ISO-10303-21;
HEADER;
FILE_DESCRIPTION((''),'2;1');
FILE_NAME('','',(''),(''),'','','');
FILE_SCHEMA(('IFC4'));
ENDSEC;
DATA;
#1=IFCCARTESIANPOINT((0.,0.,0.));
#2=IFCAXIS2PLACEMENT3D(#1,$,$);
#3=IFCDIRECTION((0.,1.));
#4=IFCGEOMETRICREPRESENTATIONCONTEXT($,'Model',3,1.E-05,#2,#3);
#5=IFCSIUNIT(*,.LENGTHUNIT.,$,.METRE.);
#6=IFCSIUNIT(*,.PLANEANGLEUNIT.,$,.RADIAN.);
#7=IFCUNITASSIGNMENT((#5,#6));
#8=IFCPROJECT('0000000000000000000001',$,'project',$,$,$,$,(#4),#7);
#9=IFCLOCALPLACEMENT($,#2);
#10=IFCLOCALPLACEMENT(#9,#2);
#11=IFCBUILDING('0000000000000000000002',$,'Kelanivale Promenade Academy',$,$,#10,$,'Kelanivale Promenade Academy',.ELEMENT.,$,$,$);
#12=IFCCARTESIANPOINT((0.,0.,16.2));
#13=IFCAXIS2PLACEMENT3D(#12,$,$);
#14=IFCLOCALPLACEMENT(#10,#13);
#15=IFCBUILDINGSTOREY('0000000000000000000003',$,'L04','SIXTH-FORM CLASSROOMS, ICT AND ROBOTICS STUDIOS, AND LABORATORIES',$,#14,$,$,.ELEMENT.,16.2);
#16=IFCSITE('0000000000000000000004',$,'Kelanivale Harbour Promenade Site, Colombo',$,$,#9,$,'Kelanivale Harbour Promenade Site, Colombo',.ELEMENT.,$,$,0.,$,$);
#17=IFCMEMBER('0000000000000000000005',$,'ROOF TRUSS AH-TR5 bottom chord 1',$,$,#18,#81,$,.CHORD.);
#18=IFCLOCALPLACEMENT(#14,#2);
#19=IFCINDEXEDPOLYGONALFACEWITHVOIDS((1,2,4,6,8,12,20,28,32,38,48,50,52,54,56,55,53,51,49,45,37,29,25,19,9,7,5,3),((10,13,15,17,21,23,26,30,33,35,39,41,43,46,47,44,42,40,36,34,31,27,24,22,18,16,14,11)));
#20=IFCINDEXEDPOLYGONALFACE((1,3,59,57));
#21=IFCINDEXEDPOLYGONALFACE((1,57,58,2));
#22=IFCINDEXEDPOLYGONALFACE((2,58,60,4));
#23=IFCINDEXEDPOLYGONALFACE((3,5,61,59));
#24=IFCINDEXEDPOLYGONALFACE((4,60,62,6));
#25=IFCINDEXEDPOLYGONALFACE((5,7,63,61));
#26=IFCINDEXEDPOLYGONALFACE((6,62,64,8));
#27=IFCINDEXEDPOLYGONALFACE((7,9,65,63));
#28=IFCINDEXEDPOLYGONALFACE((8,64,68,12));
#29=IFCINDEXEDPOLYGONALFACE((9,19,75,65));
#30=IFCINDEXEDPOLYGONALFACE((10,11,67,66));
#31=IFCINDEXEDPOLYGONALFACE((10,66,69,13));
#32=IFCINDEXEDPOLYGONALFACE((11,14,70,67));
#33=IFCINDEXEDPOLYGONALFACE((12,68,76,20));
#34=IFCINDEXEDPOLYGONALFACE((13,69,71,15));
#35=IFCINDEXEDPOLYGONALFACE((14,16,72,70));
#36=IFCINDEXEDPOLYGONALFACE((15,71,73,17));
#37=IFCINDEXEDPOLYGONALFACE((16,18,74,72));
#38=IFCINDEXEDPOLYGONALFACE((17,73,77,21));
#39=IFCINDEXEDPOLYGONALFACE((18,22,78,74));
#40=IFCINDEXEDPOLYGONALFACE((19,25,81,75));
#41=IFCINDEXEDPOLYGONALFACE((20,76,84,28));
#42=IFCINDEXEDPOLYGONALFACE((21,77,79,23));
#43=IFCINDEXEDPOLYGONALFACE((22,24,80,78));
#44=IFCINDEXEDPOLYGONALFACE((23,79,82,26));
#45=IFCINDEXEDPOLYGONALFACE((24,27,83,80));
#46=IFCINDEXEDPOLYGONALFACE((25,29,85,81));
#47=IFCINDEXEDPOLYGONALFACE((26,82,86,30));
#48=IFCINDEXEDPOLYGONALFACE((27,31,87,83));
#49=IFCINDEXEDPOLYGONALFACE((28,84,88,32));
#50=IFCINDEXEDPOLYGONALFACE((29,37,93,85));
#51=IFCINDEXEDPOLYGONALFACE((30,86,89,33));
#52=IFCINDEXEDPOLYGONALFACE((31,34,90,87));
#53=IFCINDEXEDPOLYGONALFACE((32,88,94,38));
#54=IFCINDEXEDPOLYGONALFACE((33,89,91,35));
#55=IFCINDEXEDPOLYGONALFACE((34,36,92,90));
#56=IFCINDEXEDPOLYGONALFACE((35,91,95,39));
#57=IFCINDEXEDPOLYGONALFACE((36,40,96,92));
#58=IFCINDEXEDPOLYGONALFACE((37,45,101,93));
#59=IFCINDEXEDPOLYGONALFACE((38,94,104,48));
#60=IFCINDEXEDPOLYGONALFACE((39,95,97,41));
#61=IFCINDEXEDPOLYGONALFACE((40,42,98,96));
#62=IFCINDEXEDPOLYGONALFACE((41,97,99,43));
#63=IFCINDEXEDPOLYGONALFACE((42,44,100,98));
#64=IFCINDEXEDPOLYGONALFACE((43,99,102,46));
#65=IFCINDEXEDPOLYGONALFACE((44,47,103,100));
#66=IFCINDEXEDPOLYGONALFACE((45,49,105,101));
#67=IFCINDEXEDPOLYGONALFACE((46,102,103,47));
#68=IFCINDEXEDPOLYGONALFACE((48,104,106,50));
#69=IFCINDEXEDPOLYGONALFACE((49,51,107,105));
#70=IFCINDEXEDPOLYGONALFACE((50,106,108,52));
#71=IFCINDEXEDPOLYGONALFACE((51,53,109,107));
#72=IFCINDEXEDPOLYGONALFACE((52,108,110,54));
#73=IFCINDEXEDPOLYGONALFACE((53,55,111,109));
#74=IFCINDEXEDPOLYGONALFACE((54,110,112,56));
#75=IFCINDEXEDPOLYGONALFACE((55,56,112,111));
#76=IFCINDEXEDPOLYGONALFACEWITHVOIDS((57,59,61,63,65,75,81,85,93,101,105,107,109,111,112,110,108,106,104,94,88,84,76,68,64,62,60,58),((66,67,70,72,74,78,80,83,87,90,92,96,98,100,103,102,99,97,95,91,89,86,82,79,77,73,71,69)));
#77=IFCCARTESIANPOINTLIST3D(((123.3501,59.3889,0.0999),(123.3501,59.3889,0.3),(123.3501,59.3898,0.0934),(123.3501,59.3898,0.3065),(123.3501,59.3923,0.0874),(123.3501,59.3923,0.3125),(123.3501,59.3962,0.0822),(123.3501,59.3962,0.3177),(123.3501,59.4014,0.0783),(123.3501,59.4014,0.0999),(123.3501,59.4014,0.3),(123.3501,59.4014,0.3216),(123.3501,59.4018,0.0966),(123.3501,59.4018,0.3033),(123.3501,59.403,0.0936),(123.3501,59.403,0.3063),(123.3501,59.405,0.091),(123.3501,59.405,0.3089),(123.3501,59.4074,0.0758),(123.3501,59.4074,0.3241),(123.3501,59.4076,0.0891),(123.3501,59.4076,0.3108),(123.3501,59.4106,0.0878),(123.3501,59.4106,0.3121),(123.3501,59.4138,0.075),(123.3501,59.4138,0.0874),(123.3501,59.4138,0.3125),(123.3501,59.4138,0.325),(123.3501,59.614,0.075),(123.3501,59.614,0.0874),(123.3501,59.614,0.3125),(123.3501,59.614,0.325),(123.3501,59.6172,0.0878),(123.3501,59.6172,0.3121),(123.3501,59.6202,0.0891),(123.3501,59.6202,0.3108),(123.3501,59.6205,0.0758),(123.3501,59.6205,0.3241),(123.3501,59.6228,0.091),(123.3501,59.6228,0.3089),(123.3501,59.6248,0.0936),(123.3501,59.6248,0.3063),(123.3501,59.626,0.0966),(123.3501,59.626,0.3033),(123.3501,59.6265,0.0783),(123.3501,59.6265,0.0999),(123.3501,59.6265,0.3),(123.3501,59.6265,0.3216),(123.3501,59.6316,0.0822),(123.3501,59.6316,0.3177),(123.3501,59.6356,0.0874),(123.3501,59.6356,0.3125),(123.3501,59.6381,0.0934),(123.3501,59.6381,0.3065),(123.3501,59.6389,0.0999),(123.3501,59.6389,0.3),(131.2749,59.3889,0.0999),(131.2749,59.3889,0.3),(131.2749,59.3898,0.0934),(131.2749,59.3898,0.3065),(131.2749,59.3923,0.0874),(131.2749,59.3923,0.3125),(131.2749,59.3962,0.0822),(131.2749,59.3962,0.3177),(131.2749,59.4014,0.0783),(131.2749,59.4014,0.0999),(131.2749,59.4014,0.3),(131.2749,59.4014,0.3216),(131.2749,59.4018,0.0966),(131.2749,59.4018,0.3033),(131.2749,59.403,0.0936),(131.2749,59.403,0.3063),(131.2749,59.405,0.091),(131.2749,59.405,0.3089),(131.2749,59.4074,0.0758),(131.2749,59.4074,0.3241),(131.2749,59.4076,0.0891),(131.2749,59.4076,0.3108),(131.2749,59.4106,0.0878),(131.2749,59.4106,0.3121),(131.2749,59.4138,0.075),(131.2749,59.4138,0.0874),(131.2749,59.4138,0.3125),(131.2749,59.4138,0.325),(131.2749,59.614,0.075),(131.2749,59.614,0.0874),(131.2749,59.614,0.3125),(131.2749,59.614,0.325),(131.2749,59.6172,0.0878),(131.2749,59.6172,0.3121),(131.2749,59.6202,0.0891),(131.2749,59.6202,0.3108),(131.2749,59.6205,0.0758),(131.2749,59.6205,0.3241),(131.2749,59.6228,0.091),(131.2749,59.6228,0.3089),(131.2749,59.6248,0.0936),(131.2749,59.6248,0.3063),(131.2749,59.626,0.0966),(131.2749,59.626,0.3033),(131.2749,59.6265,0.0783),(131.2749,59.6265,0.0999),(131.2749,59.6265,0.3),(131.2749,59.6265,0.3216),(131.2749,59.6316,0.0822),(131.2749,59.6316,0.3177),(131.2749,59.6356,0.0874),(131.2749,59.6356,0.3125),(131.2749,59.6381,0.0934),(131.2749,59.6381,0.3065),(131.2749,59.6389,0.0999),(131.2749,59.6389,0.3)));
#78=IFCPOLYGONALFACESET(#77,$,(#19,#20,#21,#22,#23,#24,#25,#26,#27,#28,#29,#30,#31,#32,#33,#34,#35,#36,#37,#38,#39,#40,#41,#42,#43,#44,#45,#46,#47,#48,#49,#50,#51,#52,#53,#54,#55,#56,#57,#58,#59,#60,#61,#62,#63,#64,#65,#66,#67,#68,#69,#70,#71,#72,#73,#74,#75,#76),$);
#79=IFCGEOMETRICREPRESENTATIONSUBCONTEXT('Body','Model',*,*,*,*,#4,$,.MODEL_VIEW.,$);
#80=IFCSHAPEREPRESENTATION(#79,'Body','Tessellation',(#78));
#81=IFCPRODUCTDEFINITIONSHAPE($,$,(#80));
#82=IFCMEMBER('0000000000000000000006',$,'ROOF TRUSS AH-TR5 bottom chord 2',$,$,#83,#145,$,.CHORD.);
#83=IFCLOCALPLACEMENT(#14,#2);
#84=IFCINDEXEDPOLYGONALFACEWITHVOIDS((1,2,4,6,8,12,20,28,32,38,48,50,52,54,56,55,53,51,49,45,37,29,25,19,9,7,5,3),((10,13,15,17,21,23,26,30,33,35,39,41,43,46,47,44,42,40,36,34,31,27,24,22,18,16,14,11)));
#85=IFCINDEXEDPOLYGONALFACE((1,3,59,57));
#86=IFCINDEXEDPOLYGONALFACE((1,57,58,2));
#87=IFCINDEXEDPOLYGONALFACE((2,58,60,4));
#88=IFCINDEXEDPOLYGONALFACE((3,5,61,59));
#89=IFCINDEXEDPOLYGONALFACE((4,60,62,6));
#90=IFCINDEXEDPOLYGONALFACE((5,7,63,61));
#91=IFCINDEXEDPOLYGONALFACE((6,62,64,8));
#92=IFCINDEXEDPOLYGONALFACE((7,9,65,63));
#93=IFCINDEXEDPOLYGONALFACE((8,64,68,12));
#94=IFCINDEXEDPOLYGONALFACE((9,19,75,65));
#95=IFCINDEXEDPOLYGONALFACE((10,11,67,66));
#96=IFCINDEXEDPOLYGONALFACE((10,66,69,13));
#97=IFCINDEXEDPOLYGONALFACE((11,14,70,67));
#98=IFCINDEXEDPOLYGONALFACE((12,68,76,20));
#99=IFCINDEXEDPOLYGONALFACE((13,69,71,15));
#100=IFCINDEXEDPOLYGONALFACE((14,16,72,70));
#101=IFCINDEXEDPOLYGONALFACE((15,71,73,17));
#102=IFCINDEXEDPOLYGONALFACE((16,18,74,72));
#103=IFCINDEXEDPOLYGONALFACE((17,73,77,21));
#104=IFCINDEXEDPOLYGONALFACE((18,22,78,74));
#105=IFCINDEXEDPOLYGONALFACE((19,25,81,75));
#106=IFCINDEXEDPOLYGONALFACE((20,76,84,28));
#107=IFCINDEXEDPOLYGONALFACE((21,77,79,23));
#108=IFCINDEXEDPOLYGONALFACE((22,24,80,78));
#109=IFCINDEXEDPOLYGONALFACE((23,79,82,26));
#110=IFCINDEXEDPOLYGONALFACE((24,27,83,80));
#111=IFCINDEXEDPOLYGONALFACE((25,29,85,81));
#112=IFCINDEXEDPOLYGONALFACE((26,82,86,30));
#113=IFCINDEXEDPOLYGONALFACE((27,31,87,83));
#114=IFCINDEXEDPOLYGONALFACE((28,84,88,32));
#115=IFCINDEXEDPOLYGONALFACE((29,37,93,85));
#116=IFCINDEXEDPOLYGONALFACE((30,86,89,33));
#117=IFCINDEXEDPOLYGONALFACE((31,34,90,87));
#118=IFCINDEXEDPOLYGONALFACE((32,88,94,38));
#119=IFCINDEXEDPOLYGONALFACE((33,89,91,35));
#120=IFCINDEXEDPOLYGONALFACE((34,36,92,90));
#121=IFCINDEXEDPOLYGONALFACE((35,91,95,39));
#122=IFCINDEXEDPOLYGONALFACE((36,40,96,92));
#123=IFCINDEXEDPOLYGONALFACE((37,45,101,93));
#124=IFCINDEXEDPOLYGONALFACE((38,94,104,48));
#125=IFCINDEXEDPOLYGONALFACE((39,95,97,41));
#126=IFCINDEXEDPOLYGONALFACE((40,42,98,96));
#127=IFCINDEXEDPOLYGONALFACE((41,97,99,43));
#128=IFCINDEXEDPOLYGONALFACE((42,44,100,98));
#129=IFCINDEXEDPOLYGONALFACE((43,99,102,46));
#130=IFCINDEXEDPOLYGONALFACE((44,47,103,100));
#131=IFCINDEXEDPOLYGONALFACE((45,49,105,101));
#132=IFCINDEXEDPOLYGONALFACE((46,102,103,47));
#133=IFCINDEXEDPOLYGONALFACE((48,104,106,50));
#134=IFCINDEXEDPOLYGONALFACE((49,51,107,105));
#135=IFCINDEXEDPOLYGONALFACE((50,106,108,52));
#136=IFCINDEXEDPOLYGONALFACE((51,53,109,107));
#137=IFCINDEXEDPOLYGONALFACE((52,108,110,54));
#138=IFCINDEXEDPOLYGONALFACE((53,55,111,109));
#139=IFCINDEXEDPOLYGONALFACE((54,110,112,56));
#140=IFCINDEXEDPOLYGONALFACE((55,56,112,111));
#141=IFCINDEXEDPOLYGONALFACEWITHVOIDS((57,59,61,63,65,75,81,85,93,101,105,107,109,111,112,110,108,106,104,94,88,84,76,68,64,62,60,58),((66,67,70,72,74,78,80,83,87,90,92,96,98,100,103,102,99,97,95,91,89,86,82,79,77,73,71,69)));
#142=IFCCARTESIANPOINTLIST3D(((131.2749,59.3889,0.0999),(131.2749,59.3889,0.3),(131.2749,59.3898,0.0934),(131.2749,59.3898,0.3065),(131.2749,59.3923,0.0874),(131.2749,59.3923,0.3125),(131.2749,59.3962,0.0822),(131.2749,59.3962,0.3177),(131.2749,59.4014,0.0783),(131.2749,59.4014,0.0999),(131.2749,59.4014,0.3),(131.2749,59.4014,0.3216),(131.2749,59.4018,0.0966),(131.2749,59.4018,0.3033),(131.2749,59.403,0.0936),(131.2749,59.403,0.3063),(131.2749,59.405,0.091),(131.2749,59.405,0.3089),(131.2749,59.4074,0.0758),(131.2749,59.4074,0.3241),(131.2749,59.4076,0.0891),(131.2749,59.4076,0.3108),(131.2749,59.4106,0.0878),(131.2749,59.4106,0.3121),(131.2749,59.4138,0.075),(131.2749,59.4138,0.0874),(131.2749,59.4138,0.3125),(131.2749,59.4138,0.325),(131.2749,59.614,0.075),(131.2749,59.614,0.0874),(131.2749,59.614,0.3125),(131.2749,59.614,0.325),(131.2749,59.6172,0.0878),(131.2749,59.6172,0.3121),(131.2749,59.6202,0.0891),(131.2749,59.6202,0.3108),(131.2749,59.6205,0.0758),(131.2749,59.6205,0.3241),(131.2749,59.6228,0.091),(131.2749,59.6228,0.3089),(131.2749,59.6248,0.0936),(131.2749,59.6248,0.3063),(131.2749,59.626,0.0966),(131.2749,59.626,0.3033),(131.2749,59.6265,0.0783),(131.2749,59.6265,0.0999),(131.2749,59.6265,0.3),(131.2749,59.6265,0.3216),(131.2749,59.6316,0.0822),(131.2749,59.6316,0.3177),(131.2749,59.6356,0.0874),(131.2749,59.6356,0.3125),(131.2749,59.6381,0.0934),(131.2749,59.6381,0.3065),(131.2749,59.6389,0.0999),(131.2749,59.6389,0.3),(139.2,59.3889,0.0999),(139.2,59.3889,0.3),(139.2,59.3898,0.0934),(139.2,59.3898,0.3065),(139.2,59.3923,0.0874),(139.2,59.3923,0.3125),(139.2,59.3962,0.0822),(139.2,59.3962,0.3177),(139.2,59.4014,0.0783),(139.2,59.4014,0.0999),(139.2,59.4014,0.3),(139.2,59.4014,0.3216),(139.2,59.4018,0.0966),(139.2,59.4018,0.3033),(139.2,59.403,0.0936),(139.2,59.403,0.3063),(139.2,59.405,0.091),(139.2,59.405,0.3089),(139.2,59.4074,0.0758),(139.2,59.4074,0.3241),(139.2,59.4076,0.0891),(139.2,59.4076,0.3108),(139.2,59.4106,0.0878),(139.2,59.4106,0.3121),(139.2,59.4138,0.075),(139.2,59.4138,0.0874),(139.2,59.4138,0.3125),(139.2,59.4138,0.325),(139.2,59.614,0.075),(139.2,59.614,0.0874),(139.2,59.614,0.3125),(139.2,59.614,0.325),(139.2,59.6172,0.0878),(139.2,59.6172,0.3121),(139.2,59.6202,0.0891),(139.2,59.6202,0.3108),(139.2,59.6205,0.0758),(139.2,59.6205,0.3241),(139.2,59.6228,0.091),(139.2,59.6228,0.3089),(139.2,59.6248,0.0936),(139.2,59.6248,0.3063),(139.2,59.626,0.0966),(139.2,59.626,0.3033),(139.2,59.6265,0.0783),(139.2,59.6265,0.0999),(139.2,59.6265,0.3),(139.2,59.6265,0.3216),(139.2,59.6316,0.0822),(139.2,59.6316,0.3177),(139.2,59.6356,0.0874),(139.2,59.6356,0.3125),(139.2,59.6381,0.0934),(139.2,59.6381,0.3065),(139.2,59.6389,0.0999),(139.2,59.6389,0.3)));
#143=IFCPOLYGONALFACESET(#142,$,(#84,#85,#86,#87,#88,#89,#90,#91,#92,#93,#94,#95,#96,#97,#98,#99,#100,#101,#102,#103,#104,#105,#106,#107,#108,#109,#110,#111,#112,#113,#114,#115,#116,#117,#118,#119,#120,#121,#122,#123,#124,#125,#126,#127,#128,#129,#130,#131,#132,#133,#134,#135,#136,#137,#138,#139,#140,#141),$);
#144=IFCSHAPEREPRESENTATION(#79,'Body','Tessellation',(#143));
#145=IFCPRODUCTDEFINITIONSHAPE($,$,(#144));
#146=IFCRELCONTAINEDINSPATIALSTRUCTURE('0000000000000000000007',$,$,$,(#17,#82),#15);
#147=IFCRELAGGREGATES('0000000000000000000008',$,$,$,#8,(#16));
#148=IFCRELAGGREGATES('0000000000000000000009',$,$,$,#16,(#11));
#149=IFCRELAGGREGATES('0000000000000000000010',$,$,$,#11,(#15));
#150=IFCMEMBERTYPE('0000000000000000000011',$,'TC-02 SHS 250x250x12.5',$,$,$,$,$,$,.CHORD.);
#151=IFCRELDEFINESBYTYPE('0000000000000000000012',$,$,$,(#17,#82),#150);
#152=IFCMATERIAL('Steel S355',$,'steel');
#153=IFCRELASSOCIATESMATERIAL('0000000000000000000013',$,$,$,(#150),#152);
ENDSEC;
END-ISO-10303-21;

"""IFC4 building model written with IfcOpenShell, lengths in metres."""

from ifc_helpers import new_model, si_unit, direction, frame, origin, origin_2d, place, context, subcontext, project, spatial, hollow_rectangle, extrude, material, material_profile, profile_set, type_object, element, save


model = new_model("IFC4")

# Units and contexts
model_context = context("Model", 3, precision=1e-05, world=origin(), true_north=direction((0.0, 1.0)))
body_context = subcontext(model_context, "Body", "Model", "MODEL_VIEW")
ifc_project = project(units=[si_unit("LENGTHUNIT", "METRE"), si_unit("PLANEANGLEUNIT", "RADIAN")], contexts=[model_context])

# Site, building, storey
site_placement = place(None, origin())
site = spatial("IfcSite", under=ifc_project, at=site_placement, Name="Kelanivale Harbour Promenade Site, Colombo", LongName="Kelanivale Harbour Promenade Site, Colombo", CompositionType="ELEMENT", RefElevation=0.0)
building_placement = place(site_placement, origin())
building = spatial("IfcBuilding", under=site, at=building_placement, Name="Kelanivale Promenade Academy", LongName="Kelanivale Promenade Academy", CompositionType="ELEMENT")
storey_placement = place(building_placement, frame((0.0, 0.0, 16.2)))
storey = spatial("IfcBuildingStorey", under=building, at=storey_placement, Name="L04", Description="SIXTH-FORM CLASSROOMS, ICT AND ROBOTICS STUDIOS, AND LABORATORIES", CompositionType="ELEMENT", Elevation=16.2)

# Shared definitions
ifc_material_1 = material(Name="Steel S355", Category="steel")

# Members
ifc_material_profile_1 = material_profile(ifc_material_1, hollow_rectangle(XDim=0.25, YDim=0.25, WallThickness=0.0125, InnerFilletRadius=0.0125, OuterFilletRadius=0.0249, at=origin_2d()), Name="SHS 250x250x12.5")
ifc_profile_set_1 = profile_set([ifc_material_profile_1], Name="Steel S355")
member_type_1 = type_object("IfcMemberType", Name="TC-02 SHS 250x250x12.5", PredefinedType="CHORD", material=ifc_profile_set_1)
member_1_placement = place(storey_placement, frame((123.3501, 59.5139, 0.2), z_axis=(1.0, 0.0, 0.0), x_axis=(0.0, 1.0, 0.0)))
element("IfcMember", 1, at=member_1_placement, inside=storey, type_object=member_type_1, Name="ROOF TRUSS AH-TR5 bottom chord 1", PredefinedType="CHORD", context=body_context, shape_type="SweptSolid", body=[
    extrude(hollow_rectangle(XDim=0.25, YDim=0.25, WallThickness=0.0125, InnerFilletRadius=0.0125, OuterFilletRadius=0.0249, at=origin_2d()), origin(), (0.0, 0.0, 1.0), 7.9248),
])
member_2_placement = place(storey_placement, frame((131.2749, 59.5139, 0.2), z_axis=(1.0, 0.0, 0.0), x_axis=(0.0, 1.0, 0.0)))
element("IfcMember", 2, at=member_2_placement, inside=storey, type_object=member_type_1, Name="ROOF TRUSS AH-TR5 bottom chord 2", PredefinedType="CHORD", context=body_context, shape_type="SweptSolid", body=[
    extrude(hollow_rectangle(XDim=0.25, YDim=0.25, WallThickness=0.0125, InnerFilletRadius=0.0125, OuterFilletRadius=0.0249, at=origin_2d()), origin(), (0.0, 0.0, 1.0), 7.925),
])

save(model, "model.ifc")
